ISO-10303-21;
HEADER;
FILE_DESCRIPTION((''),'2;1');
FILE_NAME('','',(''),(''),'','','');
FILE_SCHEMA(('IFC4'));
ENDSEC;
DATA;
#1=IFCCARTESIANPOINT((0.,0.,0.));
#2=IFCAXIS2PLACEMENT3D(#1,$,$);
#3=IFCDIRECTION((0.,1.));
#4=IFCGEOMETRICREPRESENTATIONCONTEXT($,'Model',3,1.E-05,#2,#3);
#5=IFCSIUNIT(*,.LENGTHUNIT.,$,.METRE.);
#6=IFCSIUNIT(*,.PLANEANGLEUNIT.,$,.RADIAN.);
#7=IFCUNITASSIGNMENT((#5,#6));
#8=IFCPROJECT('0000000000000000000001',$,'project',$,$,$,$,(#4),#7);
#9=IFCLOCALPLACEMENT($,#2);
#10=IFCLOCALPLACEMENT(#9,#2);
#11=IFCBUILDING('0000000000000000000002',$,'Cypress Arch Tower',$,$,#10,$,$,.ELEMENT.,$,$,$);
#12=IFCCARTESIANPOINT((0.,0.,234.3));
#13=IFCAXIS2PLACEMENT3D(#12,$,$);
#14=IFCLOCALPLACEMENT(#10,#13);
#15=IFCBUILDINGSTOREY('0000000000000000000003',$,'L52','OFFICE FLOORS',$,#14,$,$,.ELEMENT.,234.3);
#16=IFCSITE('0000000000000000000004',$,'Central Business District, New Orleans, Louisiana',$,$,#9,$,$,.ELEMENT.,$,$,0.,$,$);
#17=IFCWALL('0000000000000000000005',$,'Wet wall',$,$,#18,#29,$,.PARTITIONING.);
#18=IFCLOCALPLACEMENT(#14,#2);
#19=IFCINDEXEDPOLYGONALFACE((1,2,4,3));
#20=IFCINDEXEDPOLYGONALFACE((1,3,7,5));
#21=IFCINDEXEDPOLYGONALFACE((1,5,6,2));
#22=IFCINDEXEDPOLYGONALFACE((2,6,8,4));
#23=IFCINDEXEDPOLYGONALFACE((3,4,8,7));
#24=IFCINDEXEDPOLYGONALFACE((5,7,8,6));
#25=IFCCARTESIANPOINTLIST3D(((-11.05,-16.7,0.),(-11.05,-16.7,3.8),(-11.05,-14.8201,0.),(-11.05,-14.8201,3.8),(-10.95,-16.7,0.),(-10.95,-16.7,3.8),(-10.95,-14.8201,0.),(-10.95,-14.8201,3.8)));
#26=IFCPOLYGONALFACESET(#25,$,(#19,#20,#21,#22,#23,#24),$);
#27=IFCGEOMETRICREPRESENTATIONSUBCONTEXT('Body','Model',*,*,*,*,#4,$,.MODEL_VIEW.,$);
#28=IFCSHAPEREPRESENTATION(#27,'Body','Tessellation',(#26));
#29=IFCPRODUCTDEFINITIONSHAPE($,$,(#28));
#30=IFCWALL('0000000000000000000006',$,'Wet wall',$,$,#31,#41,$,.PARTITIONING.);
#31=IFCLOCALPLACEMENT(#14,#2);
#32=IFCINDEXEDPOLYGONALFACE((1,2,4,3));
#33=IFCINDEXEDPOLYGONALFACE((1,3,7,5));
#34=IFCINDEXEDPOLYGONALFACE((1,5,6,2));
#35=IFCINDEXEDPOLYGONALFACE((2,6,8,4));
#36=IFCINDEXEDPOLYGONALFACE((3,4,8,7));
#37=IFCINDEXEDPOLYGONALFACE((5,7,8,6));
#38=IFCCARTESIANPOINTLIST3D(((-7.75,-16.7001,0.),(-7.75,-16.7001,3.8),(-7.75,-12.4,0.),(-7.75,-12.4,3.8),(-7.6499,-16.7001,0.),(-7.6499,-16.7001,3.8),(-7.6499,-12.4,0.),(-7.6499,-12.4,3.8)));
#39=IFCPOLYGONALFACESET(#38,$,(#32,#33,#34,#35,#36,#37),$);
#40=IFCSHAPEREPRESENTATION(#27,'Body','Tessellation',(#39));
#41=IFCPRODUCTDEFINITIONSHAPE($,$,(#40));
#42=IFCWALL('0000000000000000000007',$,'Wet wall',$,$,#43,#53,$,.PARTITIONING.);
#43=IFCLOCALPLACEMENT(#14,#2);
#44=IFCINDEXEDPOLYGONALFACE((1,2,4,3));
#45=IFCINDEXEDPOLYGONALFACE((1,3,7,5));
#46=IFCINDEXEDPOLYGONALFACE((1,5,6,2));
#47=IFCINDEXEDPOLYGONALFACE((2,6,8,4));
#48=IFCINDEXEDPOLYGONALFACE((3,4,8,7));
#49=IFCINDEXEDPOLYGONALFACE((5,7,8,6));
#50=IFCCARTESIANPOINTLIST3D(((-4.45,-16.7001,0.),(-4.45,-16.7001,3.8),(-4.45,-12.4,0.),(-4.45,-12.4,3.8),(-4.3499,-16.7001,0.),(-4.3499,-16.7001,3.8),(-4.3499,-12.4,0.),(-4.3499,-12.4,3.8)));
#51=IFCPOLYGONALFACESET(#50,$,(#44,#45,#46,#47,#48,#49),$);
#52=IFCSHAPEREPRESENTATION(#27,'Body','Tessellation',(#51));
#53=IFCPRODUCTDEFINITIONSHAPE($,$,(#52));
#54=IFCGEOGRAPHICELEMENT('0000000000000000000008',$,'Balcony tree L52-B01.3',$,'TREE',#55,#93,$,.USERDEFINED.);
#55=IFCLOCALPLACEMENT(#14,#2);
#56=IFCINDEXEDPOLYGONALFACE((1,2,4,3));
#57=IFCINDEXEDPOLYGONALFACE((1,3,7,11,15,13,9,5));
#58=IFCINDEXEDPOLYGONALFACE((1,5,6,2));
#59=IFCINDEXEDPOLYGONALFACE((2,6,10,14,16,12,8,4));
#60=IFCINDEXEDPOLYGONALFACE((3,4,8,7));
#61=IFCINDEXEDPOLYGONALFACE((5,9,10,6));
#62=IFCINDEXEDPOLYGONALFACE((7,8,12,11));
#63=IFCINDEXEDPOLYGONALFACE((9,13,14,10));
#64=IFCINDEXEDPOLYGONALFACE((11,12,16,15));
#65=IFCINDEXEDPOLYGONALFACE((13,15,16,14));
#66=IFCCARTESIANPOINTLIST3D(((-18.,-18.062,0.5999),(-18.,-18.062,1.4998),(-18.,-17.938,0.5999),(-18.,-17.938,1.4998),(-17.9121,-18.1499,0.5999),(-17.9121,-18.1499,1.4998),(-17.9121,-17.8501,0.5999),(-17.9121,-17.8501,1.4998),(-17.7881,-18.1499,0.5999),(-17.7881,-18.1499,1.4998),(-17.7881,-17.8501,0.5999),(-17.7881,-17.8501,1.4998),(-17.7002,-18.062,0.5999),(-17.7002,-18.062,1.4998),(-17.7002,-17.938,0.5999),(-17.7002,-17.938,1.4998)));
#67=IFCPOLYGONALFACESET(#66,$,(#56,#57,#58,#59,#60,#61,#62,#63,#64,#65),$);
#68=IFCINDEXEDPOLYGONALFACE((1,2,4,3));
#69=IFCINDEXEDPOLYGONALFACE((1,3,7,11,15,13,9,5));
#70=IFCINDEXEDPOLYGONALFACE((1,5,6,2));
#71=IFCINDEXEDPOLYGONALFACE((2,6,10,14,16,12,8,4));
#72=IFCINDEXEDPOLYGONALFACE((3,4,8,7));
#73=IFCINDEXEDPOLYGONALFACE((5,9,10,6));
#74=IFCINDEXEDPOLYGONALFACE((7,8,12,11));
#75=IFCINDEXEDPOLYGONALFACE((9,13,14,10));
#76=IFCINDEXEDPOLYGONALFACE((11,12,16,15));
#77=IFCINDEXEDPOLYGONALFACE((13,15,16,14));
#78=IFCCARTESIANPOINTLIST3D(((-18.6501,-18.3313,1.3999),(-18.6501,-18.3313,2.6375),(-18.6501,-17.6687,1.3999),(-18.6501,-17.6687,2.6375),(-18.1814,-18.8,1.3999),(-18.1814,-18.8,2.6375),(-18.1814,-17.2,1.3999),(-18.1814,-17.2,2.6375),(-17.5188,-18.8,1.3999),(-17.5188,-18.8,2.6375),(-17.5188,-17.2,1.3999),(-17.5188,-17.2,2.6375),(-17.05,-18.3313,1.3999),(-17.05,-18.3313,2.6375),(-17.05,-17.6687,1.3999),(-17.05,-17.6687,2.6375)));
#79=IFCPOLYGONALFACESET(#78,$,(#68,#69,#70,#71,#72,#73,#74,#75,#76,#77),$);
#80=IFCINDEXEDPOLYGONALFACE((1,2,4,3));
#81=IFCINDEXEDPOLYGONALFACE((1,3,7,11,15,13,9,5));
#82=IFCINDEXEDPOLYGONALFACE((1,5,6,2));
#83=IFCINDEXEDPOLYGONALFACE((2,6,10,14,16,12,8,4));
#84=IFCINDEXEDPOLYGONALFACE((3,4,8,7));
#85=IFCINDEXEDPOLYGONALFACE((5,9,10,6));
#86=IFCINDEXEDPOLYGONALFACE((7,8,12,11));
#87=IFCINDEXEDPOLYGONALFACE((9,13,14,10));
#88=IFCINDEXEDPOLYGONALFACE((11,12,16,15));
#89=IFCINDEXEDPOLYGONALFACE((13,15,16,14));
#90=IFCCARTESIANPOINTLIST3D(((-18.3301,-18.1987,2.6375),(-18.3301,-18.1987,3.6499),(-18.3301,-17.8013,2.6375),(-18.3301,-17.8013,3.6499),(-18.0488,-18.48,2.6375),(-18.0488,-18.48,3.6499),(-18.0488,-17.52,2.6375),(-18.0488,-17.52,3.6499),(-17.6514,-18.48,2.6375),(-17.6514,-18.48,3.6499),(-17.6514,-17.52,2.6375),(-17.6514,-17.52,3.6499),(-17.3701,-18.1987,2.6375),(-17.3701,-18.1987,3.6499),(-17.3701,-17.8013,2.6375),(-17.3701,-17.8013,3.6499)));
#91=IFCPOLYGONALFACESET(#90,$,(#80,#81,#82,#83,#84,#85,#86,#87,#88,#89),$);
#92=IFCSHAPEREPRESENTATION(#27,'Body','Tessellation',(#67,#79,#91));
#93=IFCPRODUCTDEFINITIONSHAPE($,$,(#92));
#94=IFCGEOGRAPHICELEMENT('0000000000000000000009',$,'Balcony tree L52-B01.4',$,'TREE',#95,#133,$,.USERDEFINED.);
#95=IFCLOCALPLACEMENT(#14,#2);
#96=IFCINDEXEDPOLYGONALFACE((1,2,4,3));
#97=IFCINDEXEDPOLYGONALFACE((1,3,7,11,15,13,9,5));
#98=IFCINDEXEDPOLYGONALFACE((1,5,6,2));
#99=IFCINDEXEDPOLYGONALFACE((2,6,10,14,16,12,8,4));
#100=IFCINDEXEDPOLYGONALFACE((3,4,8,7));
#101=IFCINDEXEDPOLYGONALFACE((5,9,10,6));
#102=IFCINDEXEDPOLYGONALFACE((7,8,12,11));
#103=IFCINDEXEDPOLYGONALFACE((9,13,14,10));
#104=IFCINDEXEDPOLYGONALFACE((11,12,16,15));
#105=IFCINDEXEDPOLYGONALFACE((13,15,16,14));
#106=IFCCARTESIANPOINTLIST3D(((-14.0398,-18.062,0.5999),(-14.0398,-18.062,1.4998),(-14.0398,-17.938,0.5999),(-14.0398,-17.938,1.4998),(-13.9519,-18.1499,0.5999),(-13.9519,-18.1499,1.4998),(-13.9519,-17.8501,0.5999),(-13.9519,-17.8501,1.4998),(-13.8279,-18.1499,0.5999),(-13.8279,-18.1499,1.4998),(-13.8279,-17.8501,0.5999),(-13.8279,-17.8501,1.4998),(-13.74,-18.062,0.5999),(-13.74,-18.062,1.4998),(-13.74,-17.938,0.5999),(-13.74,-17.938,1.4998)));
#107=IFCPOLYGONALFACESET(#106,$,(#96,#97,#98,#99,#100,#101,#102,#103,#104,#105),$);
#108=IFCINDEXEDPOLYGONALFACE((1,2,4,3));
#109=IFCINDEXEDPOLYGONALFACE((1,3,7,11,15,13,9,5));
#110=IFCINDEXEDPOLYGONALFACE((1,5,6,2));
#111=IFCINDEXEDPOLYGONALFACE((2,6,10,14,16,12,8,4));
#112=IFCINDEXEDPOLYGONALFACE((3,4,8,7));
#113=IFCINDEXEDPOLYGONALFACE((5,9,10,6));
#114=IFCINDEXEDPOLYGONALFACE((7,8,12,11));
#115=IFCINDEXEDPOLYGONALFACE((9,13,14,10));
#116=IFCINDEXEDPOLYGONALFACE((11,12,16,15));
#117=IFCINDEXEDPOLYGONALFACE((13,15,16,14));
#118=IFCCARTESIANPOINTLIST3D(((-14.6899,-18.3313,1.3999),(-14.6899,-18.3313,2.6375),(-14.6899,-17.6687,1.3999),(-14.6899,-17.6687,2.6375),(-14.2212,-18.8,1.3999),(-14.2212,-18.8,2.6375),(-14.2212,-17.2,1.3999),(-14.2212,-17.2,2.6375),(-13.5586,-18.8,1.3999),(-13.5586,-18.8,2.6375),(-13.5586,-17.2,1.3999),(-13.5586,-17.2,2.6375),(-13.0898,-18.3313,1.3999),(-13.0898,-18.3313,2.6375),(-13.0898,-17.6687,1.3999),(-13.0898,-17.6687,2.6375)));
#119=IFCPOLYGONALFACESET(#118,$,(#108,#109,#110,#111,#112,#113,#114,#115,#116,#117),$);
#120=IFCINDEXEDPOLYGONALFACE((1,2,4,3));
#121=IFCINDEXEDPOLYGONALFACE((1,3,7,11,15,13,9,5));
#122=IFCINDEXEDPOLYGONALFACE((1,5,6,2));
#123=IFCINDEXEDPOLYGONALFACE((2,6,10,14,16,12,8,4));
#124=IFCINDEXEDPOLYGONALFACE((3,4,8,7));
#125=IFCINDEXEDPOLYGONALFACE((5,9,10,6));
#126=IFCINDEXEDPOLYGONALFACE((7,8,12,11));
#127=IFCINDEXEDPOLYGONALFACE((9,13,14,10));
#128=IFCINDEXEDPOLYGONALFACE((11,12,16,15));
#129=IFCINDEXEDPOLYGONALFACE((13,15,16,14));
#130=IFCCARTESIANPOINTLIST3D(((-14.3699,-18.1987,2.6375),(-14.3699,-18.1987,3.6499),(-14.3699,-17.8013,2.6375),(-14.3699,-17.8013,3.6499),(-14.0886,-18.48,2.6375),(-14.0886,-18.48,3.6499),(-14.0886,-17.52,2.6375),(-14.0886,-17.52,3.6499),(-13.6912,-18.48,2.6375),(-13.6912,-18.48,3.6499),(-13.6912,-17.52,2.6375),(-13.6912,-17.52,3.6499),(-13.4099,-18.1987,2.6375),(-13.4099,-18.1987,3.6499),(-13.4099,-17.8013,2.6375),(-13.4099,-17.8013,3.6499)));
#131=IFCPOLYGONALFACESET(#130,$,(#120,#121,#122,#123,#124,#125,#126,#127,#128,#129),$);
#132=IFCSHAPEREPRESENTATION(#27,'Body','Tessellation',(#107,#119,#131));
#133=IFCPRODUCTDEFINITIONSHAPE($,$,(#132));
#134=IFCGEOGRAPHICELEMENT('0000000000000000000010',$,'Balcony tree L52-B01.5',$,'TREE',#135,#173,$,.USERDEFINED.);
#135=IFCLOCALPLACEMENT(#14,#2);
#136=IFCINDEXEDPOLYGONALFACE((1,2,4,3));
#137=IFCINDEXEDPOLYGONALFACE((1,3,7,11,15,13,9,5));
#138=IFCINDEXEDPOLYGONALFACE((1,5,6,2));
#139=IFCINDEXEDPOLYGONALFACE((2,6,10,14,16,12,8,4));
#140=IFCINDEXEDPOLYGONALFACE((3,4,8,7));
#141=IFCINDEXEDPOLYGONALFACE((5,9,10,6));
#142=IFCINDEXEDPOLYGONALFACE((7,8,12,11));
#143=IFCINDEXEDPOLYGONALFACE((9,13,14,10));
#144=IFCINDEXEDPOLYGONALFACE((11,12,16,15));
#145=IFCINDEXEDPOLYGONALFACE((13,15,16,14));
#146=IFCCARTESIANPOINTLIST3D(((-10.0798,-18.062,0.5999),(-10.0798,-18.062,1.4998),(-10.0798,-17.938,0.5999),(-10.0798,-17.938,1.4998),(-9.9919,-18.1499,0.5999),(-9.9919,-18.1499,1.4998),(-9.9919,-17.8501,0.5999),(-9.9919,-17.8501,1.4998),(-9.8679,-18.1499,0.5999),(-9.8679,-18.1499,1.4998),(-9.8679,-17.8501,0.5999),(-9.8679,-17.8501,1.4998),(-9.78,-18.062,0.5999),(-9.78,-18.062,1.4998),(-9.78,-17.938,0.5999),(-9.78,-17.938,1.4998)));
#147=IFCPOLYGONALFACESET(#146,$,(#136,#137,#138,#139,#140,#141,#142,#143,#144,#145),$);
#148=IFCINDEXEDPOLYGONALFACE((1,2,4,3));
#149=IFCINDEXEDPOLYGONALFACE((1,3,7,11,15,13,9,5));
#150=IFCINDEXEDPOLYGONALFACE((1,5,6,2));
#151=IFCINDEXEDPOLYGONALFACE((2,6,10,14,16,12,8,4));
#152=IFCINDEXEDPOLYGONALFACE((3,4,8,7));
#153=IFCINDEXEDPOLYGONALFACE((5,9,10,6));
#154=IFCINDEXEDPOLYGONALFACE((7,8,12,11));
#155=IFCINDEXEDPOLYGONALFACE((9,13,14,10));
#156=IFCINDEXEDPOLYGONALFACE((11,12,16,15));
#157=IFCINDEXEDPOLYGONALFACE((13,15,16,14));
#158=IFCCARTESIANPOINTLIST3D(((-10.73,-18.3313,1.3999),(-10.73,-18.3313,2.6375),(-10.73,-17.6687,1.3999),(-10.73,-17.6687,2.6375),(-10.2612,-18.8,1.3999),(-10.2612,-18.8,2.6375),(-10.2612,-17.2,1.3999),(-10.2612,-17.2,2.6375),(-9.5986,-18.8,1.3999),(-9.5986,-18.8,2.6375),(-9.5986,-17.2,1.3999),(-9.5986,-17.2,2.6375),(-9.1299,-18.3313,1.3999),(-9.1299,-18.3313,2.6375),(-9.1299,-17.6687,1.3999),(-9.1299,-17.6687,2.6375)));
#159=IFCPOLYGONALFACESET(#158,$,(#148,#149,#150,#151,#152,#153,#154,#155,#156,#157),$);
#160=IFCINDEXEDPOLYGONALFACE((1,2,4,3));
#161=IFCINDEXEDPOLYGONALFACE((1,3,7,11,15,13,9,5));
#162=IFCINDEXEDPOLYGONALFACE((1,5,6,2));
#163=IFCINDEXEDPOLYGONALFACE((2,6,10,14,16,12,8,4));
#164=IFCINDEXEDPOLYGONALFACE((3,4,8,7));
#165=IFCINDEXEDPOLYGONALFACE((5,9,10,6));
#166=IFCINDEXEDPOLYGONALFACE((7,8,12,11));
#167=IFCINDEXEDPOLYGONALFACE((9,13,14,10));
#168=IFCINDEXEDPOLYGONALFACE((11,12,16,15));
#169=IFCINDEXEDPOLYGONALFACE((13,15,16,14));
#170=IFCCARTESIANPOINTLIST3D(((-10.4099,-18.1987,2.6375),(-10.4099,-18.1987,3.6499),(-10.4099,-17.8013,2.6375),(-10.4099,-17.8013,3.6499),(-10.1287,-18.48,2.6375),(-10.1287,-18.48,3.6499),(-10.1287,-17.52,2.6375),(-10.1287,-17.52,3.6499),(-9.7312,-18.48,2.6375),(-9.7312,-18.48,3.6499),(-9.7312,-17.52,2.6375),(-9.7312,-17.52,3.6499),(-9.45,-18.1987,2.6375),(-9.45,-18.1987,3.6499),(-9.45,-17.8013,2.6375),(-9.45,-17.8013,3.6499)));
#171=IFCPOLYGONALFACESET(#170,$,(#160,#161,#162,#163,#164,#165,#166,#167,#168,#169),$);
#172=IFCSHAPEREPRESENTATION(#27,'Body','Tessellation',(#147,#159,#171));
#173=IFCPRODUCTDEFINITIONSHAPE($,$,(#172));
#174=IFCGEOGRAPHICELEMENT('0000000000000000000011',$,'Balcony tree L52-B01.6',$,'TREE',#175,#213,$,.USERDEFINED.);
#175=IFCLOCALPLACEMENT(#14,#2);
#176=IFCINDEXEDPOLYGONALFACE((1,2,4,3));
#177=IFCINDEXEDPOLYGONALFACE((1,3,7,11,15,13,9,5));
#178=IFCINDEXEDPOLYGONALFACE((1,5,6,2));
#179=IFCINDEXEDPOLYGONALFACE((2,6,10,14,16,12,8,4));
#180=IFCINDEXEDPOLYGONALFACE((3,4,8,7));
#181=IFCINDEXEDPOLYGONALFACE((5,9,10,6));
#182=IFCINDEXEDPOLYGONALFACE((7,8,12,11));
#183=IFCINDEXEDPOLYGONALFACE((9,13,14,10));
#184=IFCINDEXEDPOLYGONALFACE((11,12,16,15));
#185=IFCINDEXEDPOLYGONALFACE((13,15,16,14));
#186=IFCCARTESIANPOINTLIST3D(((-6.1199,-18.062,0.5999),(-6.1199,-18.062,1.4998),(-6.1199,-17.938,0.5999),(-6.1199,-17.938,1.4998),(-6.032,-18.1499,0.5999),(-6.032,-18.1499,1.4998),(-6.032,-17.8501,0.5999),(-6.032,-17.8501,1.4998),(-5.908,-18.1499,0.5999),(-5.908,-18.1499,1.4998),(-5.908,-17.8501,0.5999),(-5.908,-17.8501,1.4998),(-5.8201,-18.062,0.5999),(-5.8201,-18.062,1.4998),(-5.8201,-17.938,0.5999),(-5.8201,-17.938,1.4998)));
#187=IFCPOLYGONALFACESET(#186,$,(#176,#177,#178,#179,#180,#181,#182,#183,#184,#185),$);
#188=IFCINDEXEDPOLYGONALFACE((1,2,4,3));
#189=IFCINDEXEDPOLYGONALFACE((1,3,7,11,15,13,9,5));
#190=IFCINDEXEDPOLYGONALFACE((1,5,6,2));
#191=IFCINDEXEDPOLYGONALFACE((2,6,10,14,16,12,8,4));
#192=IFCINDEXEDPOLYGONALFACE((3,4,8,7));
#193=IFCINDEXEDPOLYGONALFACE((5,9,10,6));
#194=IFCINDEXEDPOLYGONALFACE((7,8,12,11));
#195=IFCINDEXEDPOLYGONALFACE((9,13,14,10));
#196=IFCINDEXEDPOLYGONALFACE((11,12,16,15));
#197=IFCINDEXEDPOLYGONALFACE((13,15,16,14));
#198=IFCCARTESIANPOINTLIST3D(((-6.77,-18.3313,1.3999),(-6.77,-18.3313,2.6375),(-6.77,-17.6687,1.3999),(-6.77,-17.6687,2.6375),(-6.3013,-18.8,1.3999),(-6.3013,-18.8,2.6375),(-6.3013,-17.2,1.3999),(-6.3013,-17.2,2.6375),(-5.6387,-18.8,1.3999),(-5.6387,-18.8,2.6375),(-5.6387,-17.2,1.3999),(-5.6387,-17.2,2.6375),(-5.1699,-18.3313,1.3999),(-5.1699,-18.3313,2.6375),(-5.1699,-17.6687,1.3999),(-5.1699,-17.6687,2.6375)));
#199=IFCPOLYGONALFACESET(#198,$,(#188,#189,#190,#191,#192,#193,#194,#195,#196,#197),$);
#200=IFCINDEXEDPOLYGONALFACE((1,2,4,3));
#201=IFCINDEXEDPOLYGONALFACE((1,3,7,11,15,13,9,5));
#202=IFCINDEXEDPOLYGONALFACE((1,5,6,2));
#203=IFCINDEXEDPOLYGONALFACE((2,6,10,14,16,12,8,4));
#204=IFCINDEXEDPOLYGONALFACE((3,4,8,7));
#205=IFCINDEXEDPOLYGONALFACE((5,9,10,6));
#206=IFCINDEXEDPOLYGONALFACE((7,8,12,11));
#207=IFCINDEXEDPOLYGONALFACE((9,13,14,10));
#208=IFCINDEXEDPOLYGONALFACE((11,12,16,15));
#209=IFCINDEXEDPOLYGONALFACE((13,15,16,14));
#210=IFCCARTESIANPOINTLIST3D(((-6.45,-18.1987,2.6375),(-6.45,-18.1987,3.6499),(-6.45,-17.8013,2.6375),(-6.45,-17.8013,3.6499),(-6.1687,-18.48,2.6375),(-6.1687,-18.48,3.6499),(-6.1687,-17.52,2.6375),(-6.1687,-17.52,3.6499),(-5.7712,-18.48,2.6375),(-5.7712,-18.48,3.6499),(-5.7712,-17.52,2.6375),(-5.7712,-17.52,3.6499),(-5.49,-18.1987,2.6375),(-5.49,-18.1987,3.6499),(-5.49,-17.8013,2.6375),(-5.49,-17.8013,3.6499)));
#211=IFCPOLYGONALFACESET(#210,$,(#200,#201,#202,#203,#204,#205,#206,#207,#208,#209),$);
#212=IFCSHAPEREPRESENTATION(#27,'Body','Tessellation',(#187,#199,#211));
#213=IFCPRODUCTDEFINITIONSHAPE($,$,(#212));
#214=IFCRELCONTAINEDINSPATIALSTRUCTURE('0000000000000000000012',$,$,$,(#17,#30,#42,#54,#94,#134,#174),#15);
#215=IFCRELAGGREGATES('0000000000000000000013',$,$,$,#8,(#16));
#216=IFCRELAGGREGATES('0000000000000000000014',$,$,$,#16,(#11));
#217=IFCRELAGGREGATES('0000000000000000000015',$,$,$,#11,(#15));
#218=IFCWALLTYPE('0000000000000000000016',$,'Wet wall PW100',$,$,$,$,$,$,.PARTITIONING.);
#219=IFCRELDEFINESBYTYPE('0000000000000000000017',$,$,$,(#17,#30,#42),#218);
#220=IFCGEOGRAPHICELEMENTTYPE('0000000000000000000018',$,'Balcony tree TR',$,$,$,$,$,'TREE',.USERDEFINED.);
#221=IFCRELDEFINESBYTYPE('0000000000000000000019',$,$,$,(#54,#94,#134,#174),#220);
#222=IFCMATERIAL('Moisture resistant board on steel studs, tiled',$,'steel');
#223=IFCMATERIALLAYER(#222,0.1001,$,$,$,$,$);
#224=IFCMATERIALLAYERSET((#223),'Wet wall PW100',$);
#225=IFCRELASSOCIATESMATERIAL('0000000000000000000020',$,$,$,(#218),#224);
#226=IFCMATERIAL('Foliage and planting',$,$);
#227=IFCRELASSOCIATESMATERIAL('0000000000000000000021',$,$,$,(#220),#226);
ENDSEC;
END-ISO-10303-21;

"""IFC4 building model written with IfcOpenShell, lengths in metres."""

from ifc_helpers import new_model, si_unit, direction, frame, frame_2d, origin, place, context, subcontext, project, spatial, polyline, rectangle, outline, extrude, material, layer, layer_set, type_object, element, save


model = new_model("IFC4")

# Units and contexts
model_context = context("Model", 3, precision=1e-05, world=origin(), true_north=direction((0.0, 1.0)))
body_context = subcontext(model_context, "Body", "Model", "MODEL_VIEW")
ifc_project = project(units=[si_unit("LENGTHUNIT", "METRE"), si_unit("PLANEANGLEUNIT", "RADIAN")], contexts=[model_context])

# Site, building, storey
site_placement = place(None, origin())
site = spatial("IfcSite", under=ifc_project, at=site_placement, Name="Central Business District, New Orleans, Louisiana", CompositionType="ELEMENT", RefElevation=0.0)
building_placement = place(site_placement, origin())
building = spatial("IfcBuilding", under=site, at=building_placement, Name="Cypress Arch Tower", CompositionType="ELEMENT")
storey_placement = place(building_placement, frame((0.0, 0.0, 234.3)))
storey = spatial("IfcBuildingStorey", under=building, at=storey_placement, Name="L52", Description="OFFICE FLOORS", CompositionType="ELEMENT", Elevation=234.3)

# Walls
ifc_material_1 = material(Name="Moisture resistant board on steel studs, tiled", Category="steel")
ifc_layer_1 = layer(ifc_material_1, 0.1001)
ifc_layer_set_1 = layer_set([ifc_layer_1], Name="Wet wall PW100")
wall_type_1 = type_object("IfcWallType", Name="Wet wall PW100", PredefinedType="PARTITIONING", material=ifc_layer_set_1)
wall_1_placement = place(storey_placement, frame((-11.0, -16.7, 0.0), z_axis=(0.0, 0.0, 1.0), x_axis=(0.0, 1.0, 0.0)))
element("IfcWall", 1, at=wall_1_placement, inside=storey, type_object=wall_type_1, Name="Wet wall", PredefinedType="PARTITIONING", context=body_context, shape_type="SweptSolid", body=[
    extrude(rectangle(XDim=1.8799, YDim=0.1001, at=frame_2d((0.9399, 0.0))), origin(), (0.0, 0.0, 1.0), 3.8),
])
for number, where, z_axis, x_axis, name in (
    (2, (-7.7, -16.7, 0.0), (0.0, 0.0, 1.0), (0.0, 1.0, 0.0), "Wet wall"),
    (3, (-4.3999, -16.7, 0.0), (0.0, 0.0, 1.0), (0.0, 1.0, 0.0), "Wet wall"),
):
    element("IfcWall", number, at=place(storey_placement, frame(where, z_axis=z_axis, x_axis=x_axis)), inside=storey, type_object=wall_type_1, Name=name, PredefinedType="PARTITIONING", context=body_context, shape_type="SweptSolid", body=[
        extrude(rectangle(XDim=4.3, YDim=0.1001, at=frame_2d((2.1499, 0.0))), origin(), (0.0, 0.0, 1.0), 3.8),
    ])

# Geographic elements
ifc_material_2 = material(Name="Foliage and planting")
geographic_element_type = type_object("IfcGeographicElementType", Name="Balcony tree TR", ElementType="TREE", PredefinedType="USERDEFINED", material=ifc_material_2)
for number, where, z_axis, x_axis, name in (
    (4, (-17.8501, -18.0, 0.5999), (0.0, 0.0, 1.0), (1.0, 0.0, 0.0), "Balcony tree L52-B01.3"),
    (5, (-13.8899, -18.0, 0.5999), (0.0, 0.0, 1.0), (1.0, 0.0, 0.0), "Balcony tree L52-B01.4"),
    (6, (-9.9299, -18.0, 0.5999), (0.0, 0.0, 1.0), (1.0, 0.0, 0.0), "Balcony tree L52-B01.5"),
    (7, (-5.97, -18.0, 0.5999), (0.0, 0.0, 1.0), (1.0, 0.0, 0.0), "Balcony tree L52-B01.6"),
):
    element("IfcGeographicElement", number, at=place(storey_placement, frame(where, z_axis=z_axis, x_axis=x_axis)), inside=storey, type_object=geographic_element_type, Name=name, ObjectType="TREE", PredefinedType="USERDEFINED", context=body_context, shape_type="SweptSolid", body=[
        extrude(outline(polyline([(0.1499, 0.062), (0.062, 0.1499), (-0.062, 0.1499), (-0.1499, 0.062), (-0.1499, -0.062), (-0.062, -0.1499), (0.062, -0.1499), (0.1499, -0.062), (0.1499, 0.062)])), origin(), (0.0, 0.0, 1.0), 0.8999),
        extrude(outline(polyline([(0.8, 0.3313), (0.3313, 0.8), (-0.3313, 0.8), (-0.8, 0.3313), (-0.8, -0.3313), (-0.3313, -0.8), (0.3313, -0.8), (0.8, -0.3313), (0.8, 0.3313)])), frame((0.0, 0.0, 0.8)), (0.0, 0.0, 1.0), 1.2375),
        extrude(outline(polyline([(0.48, 0.1987), (0.1987, 0.48), (-0.1987, 0.48), (-0.48, 0.1987), (-0.48, -0.1987), (-0.1987, -0.48), (0.1987, -0.48), (0.48, -0.1987), (0.48, 0.1987)])), frame((0.0, 0.0, 2.0376)), (0.0, 0.0, 1.0), 1.0125),
    ])

save(model, "model.ifc")
